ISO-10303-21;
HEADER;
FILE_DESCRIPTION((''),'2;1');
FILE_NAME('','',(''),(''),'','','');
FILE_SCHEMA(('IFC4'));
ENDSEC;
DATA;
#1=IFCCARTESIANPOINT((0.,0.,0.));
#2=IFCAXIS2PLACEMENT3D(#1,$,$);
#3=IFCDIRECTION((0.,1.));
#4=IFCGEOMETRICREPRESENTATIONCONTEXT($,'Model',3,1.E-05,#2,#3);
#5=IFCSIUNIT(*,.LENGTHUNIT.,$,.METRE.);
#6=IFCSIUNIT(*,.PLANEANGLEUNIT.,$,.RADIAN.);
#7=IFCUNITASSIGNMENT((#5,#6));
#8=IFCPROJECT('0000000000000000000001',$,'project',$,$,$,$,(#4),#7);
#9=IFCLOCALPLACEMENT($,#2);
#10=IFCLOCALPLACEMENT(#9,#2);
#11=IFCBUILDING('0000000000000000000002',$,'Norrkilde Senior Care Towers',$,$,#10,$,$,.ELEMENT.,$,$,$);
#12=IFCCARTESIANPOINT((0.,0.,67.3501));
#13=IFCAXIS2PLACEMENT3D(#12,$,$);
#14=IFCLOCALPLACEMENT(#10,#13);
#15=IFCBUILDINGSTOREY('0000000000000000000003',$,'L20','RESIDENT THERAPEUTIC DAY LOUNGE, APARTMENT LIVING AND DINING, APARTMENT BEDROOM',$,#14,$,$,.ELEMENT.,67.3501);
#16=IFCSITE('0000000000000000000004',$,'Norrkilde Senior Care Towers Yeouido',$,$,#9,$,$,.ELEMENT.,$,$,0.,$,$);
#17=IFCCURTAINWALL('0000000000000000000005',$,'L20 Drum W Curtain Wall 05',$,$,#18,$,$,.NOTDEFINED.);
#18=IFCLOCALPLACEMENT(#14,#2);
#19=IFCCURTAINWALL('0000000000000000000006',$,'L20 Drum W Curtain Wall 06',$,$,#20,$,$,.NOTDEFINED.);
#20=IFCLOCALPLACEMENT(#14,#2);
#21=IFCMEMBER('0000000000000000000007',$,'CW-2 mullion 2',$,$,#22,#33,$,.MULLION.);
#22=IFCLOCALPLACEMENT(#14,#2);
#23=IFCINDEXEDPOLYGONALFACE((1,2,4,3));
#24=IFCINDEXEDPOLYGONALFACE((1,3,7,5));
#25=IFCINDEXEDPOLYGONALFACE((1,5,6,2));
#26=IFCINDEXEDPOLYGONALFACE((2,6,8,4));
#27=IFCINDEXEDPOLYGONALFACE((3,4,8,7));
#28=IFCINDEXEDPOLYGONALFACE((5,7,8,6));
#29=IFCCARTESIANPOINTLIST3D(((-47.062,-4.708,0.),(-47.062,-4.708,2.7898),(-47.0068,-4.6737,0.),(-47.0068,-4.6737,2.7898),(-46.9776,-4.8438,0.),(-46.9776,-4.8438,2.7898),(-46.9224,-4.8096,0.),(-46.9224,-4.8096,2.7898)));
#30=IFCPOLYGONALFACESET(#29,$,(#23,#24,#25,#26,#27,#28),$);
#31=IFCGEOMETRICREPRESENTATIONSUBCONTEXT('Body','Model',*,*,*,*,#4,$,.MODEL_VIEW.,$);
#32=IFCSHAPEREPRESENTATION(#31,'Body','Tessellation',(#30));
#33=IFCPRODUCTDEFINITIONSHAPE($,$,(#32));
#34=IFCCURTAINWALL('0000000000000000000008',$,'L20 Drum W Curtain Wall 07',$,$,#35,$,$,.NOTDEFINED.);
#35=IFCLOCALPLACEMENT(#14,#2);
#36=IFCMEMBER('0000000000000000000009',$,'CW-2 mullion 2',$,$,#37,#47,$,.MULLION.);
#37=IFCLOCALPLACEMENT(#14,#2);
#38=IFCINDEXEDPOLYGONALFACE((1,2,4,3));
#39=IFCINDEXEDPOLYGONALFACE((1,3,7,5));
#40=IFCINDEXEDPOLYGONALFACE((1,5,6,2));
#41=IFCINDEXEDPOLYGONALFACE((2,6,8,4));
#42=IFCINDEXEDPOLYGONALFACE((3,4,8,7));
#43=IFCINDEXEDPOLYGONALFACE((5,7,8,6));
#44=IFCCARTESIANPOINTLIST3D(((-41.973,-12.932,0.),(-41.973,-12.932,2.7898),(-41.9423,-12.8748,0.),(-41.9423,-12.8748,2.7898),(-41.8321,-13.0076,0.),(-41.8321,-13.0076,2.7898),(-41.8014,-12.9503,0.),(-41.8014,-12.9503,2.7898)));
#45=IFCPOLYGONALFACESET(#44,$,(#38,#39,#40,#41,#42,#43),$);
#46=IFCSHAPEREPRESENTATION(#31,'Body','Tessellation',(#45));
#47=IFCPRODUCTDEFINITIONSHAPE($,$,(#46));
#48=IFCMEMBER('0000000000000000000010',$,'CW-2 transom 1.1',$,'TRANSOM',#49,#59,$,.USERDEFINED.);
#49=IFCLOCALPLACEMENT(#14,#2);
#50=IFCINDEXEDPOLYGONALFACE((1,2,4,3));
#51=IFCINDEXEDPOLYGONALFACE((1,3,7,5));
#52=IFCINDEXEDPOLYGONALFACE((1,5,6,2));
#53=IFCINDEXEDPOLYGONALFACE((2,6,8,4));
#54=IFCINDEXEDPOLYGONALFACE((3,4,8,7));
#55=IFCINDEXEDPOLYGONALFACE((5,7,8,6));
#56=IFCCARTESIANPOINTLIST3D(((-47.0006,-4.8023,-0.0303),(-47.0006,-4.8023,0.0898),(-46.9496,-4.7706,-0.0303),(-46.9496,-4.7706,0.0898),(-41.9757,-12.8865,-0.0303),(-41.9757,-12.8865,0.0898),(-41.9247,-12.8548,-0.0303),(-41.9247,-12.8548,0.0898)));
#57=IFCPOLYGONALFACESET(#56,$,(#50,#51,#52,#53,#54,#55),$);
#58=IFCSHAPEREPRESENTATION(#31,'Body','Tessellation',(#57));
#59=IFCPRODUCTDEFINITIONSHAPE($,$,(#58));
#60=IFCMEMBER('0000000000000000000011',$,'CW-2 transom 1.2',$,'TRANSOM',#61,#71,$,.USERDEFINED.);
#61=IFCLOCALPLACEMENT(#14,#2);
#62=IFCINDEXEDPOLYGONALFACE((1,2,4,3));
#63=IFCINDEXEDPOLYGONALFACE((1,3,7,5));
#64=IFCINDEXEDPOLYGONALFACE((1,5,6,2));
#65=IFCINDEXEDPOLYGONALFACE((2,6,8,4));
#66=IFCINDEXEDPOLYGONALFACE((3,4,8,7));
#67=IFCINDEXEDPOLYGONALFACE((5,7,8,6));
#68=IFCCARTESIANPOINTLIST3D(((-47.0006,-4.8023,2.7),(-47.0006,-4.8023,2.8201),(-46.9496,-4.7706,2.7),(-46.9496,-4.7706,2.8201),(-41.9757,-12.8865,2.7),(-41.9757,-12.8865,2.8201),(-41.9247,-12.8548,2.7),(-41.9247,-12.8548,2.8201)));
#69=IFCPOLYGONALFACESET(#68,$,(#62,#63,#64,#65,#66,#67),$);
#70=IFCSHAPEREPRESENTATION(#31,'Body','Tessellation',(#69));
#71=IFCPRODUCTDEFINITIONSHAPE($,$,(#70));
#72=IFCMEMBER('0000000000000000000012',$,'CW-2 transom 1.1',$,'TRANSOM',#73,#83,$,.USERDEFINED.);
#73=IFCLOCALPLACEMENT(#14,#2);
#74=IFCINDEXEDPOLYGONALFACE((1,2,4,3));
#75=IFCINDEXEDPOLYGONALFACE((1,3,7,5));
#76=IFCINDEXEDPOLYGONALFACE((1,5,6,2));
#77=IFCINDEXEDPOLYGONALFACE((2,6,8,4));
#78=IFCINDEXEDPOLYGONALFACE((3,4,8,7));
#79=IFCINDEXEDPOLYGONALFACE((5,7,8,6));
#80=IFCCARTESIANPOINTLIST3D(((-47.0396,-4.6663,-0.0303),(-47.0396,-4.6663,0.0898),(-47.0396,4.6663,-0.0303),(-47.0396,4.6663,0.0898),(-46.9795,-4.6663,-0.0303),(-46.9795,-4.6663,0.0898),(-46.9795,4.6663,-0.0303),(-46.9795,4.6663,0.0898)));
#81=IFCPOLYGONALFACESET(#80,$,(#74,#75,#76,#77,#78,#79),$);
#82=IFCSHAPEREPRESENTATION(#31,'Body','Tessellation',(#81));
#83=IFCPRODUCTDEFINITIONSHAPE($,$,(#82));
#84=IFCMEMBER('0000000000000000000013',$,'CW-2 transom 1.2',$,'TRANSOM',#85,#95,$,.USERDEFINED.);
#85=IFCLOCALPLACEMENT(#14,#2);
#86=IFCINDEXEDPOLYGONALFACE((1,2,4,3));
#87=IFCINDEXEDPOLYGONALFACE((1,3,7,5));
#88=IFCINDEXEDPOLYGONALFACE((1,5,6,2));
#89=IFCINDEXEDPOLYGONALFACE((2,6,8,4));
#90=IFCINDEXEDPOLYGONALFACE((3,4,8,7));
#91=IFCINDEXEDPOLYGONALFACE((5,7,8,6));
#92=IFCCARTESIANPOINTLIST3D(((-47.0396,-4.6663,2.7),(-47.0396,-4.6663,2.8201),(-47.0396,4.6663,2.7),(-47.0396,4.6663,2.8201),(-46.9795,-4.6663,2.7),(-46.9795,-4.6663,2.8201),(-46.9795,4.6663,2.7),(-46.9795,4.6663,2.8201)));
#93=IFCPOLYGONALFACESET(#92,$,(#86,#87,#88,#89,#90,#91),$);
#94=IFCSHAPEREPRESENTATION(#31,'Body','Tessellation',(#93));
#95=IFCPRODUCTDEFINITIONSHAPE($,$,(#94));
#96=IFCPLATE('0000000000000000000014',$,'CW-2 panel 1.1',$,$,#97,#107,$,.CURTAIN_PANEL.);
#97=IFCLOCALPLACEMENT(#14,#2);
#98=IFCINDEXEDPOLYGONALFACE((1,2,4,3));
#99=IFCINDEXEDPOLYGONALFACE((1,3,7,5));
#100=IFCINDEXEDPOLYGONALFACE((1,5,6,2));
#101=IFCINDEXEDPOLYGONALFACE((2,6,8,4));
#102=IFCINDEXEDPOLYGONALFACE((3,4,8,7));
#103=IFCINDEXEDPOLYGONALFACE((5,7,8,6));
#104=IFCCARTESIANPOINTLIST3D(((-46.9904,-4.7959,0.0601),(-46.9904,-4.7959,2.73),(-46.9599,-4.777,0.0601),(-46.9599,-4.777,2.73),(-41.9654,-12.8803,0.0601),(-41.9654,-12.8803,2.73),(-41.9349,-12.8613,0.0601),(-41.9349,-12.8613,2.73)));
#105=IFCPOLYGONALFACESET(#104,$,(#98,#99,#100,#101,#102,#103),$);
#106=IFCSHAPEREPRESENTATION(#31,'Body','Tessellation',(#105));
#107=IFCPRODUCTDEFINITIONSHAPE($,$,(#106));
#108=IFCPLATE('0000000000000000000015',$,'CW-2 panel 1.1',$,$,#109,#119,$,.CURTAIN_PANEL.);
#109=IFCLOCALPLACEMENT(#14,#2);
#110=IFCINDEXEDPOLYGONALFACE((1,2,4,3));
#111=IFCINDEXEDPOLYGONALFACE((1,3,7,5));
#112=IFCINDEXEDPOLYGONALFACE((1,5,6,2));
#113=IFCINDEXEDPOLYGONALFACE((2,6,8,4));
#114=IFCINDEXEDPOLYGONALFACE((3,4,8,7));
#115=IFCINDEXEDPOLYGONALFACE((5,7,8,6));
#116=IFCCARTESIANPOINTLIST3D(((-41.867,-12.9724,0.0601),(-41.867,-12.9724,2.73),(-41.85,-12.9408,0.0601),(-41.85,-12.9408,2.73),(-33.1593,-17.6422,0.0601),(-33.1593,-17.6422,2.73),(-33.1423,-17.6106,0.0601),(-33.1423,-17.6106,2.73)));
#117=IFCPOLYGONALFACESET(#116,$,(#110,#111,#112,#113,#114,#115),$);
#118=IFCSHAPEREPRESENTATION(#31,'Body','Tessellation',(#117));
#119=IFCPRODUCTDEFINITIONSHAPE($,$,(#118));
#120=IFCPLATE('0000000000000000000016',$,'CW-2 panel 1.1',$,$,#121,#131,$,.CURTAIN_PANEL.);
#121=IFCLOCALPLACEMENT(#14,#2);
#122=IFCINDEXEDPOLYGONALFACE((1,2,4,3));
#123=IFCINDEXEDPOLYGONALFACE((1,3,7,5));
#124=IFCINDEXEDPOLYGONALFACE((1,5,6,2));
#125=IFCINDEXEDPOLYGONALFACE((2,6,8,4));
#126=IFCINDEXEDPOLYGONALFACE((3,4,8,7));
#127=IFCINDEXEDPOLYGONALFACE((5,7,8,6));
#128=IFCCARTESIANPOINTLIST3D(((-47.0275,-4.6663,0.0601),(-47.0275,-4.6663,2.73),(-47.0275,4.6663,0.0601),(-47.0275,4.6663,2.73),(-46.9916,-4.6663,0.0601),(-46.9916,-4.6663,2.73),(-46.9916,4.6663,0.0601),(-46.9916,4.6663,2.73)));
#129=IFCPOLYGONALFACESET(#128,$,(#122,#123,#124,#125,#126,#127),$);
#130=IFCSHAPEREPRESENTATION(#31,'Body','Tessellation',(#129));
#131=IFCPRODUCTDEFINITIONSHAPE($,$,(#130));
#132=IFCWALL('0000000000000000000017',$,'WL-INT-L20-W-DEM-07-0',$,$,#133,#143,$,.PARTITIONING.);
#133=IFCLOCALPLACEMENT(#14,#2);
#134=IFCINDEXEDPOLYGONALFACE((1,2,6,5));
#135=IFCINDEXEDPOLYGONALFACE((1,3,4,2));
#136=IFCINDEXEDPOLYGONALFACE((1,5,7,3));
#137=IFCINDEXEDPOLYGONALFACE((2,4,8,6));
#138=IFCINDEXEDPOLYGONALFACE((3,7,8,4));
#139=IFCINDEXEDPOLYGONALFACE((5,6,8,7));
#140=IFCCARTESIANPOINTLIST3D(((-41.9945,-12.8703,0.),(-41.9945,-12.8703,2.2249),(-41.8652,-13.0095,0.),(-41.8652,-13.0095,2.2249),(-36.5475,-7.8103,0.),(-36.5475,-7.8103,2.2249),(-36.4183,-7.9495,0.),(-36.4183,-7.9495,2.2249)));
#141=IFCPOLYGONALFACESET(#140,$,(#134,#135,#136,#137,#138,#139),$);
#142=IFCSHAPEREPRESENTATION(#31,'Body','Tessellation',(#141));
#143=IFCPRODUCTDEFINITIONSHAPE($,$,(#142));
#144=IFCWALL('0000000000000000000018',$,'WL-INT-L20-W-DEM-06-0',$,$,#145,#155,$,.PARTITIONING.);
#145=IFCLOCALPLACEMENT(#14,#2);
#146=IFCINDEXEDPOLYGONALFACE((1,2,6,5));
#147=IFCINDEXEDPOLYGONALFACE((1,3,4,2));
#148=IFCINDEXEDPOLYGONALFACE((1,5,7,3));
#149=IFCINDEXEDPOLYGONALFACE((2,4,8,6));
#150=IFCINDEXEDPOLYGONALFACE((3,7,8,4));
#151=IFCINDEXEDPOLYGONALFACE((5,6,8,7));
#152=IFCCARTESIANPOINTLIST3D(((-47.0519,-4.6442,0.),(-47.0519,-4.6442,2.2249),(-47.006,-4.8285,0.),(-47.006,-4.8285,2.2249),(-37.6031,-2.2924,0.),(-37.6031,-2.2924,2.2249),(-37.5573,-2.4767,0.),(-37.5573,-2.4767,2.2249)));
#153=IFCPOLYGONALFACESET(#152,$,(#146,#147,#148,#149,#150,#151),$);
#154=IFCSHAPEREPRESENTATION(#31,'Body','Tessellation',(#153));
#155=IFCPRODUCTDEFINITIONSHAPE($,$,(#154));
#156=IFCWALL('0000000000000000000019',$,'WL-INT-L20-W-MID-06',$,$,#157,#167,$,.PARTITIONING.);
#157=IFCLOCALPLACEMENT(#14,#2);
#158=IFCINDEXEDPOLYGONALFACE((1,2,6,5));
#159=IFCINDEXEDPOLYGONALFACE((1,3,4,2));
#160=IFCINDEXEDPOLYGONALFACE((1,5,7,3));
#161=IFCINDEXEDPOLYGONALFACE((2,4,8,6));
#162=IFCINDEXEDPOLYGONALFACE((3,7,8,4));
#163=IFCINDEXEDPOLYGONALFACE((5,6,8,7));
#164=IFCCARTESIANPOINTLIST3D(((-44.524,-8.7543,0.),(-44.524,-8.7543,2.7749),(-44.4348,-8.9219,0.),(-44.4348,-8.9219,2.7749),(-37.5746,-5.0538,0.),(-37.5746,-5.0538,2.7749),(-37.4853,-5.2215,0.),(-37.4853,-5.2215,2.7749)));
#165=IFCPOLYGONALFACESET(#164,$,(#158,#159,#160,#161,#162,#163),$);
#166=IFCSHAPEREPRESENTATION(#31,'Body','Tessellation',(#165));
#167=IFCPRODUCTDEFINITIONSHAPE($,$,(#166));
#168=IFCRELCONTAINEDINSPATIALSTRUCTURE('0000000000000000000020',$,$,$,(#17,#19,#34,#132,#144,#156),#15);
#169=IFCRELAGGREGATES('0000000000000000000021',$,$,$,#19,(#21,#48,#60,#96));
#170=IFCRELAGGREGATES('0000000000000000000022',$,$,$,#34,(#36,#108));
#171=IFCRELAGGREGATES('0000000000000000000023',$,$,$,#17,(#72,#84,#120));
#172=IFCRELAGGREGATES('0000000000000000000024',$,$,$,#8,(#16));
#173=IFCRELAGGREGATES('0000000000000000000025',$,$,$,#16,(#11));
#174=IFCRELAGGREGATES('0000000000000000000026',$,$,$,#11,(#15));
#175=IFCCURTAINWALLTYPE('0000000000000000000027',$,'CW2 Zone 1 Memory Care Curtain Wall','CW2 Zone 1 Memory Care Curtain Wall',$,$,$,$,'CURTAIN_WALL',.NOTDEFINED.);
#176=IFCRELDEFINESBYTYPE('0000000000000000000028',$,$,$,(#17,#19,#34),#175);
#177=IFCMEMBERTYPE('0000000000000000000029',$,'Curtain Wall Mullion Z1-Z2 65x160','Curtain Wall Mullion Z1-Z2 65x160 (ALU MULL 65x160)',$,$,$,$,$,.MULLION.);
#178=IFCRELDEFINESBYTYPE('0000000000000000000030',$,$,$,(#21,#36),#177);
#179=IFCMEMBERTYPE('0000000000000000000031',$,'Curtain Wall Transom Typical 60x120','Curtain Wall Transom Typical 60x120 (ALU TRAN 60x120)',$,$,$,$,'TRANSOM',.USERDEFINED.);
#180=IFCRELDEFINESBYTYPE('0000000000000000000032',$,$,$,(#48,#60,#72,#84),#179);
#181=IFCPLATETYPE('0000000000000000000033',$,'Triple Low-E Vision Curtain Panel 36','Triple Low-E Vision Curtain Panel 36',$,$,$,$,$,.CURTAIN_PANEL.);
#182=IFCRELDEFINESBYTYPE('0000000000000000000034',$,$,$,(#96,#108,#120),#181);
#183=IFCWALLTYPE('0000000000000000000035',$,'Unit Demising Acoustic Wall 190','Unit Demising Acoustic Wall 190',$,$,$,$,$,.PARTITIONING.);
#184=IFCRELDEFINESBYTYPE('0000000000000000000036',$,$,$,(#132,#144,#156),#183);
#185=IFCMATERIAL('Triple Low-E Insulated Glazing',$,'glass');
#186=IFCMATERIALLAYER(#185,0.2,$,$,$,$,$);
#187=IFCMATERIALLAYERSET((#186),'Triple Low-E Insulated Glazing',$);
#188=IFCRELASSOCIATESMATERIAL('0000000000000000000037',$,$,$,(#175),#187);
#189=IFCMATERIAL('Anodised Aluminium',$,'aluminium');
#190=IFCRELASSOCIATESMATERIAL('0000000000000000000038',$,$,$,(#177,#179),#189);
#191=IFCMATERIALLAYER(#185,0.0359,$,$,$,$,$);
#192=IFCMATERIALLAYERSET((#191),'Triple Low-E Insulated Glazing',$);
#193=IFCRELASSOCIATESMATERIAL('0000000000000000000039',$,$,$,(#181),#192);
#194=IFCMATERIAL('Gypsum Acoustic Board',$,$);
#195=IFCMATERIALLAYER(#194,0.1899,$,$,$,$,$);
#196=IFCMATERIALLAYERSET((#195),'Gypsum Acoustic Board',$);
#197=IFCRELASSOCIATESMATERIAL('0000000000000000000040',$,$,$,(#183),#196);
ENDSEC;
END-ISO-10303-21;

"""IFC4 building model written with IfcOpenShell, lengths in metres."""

from ifc_helpers import new_model, si_unit, direction, frame, frame_2d, origin, origin_2d, place, context, subcontext, project, spatial, rectangle, extrude, source, transform, mapped, material, layer, layer_set, material_profile, profile_set, type_object, type_shapes, element, aggregate, save


model = new_model("IFC4")

# Units and contexts
model_context = context("Model", 3, precision=1e-05, world=origin(), true_north=direction((0.0, 1.0)))
body_context = subcontext(model_context, "Body", "Model", "MODEL_VIEW")
ifc_project = project(units=[si_unit("LENGTHUNIT", "METRE"), si_unit("PLANEANGLEUNIT", "RADIAN")], contexts=[model_context])

# Site, building, storey
site_placement = place(None, origin())
site = spatial("IfcSite", under=ifc_project, at=site_placement, Name="Norrkilde Senior Care Towers Yeouido", CompositionType="ELEMENT", RefElevation=0.0)
building_placement = place(site_placement, origin())
building = spatial("IfcBuilding", under=site, at=building_placement, Name="Norrkilde Senior Care Towers", CompositionType="ELEMENT")
storey_placement = place(building_placement, frame((0.0, 0.0, 67.3501)))
storey = spatial("IfcBuildingStorey", under=building, at=storey_placement, Name="L20", Description="RESIDENT THERAPEUTIC DAY LOUNGE, APARTMENT LIVING AND DINING, APARTMENT BEDROOM", CompositionType="ELEMENT", Elevation=67.3501)

# Curtain wall
ifc_material_1 = material(Name="Triple Low-E Insulated Glazing", Category="glass")
ifc_layer_1 = layer(ifc_material_1, 0.2)
ifc_layer_set_1 = layer_set([ifc_layer_1], Name="Triple Low-E Insulated Glazing")
curtain_wall_type = type_object("IfcCurtainWallType", Name="CW2 Zone 1 Memory Care Curtain Wall", Description="CW2 Zone 1 Memory Care Curtain Wall", ElementType="CURTAIN_WALL", PredefinedType="NOTDEFINED", material=ifc_layer_set_1)
curtain_wall_1_placement = place(storey_placement, origin())
curtain_wall_1 = element("IfcCurtainWall", 1, at=curtain_wall_1_placement, inside=storey, type_object=curtain_wall_type, Name="L20 Drum W Curtain Wall 05", PredefinedType="NOTDEFINED")
ifc_material_2 = material(Name="Anodised Aluminium", Category="aluminium")
ifc_material_profile_1 = material_profile(ifc_material_2, rectangle(XDim=0.0649, YDim=0.1599, at=origin_2d()), Name="ALU MULL 65x160")
ifc_profile_set_1 = profile_set([ifc_material_profile_1], Name="Anodised Aluminium")
member_type_1 = type_object("IfcMemberType", Name="Curtain Wall Mullion Z1-Z2 65x160", Description="Curtain Wall Mullion Z1-Z2 65x160 (ALU MULL 65x160)", PredefinedType="MULLION", material=ifc_profile_set_1)
shared_shape_1 = source(origin(), body_context, "Body", "SweptSolid", [
    extrude(rectangle(XDim=0.0649, YDim=0.1599, at=origin_2d()), origin(), (0.0, 0.0, 1.0), 2.7898),
])
type_shapes(member_type_1, [shared_shape_1])

# Curtain wall, member
curtain_wall_2_placement = place(storey_placement, origin())
curtain_wall_2 = element("IfcCurtainWall", 2, at=curtain_wall_2_placement, inside=storey, type_object=curtain_wall_type, Name="L20 Drum W Curtain Wall 06", PredefinedType="NOTDEFINED")
member_1_placement = place(storey_placement, frame((-46.9922, -4.7588, 0.0), z_axis=(0.0, 0.0, 1.0), x_axis=(-0.849306, -0.527901, 0.0)))
member_1 = element("IfcMember", 3, at=member_1_placement, type_object=member_type_1, Name="CW-2 mullion 2", PredefinedType="MULLION", context=body_context, shape_type="MappedRepresentation", body=[
    mapped(shared_shape_1, transform((0.0, 0.0, 0.0), x_axis=(1.0, 0.0, 0.0), y_axis=(0.0, 1.0, 0.0), z_axis=(0.0, 0.0, 1.0), scale=1.0)),
])

# Curtain wall, member
curtain_wall_3_placement = place(storey_placement, origin())
curtain_wall_3 = element("IfcCurtainWall", 4, at=curtain_wall_3_placement, inside=storey, type_object=curtain_wall_type, Name="L20 Drum W Curtain Wall 07", PredefinedType="NOTDEFINED")
member_2_placement = place(storey_placement, frame((-41.8872, -12.9412, 0.0), z_axis=(0.0, 0.0, 1.0), x_axis=(-0.472608, -0.881273, 0.0)))
member_2 = element("IfcMember", 5, at=member_2_placement, type_object=member_type_1, Name="CW-2 mullion 2", PredefinedType="MULLION", context=body_context, shape_type="MappedRepresentation", body=[
    mapped(shared_shape_1, transform((0.0, 0.0, 0.0), x_axis=(1.0, 0.0, 0.0), y_axis=(0.0, 1.0, 0.0), z_axis=(0.0, 0.0, 1.0), scale=1.0)),
])

# Members
ifc_material_profile_2 = material_profile(ifc_material_2, rectangle(XDim=0.0601, YDim=0.1201, at=origin_2d()), Name="ALU TRAN 60x120")
ifc_profile_set_2 = profile_set([ifc_material_profile_2], Name="Anodised Aluminium")
member_type_2 = type_object("IfcMemberType", Name="Curtain Wall Transom Typical 60x120", Description="Curtain Wall Transom Typical 60x120 (ALU TRAN 60x120)", ElementType="TRANSOM", PredefinedType="USERDEFINED", material=ifc_profile_set_2)
shared_shape_2 = source(origin(), body_context, "Body", "SweptSolid", [
    extrude(rectangle(XDim=0.0601, YDim=0.1201, at=origin_2d()), origin(), (0.0, 0.0, 1.0), 9.5186),
])
member_3_placement = place(storey_placement, frame((-41.9502, -12.8706, 0.0298), z_axis=(-0.527902, 0.849306, 0.0), x_axis=(-0.849306, -0.527902, 0.0)))
member_3 = element("IfcMember", 6, at=member_3_placement, type_object=member_type_2, Name="CW-2 transom 1.1", ObjectType="TRANSOM", PredefinedType="USERDEFINED", context=body_context, shape_type="MappedRepresentation", body=[
    mapped(shared_shape_2, transform((0.0, 0.0, 0.0), x_axis=(1.0, 0.0, 0.0), y_axis=(0.0, 1.0, 0.0), z_axis=(0.0, 0.0, 1.0), scale=1.0)),
])
member_4_placement = place(storey_placement, frame((-41.9502, -12.8706, 2.76), z_axis=(-0.527902, 0.849306, 0.0), x_axis=(-0.849306, -0.527902, 0.0)))
member_4 = element("IfcMember", 7, at=member_4_placement, type_object=member_type_2, Name="CW-2 transom 1.2", ObjectType="TRANSOM", PredefinedType="USERDEFINED", context=body_context, shape_type="MappedRepresentation", body=[
    mapped(shared_shape_2, transform((0.0, 0.0, 0.0), x_axis=(1.0, 0.0, 0.0), y_axis=(0.0, 1.0, 0.0), z_axis=(0.0, 0.0, 1.0), scale=1.0)),
])
shared_shape_3 = source(origin(), body_context, "Body", "SweptSolid", [
    extrude(rectangle(XDim=0.0601, YDim=0.1201, at=origin_2d()), origin(), (0.0, 0.0, 1.0), 9.3325),
])
type_shapes(member_type_2, [shared_shape_2, shared_shape_3])
member_5_placement = place(storey_placement, frame((-47.0095, -4.6663, 0.0298), z_axis=(0.0, 1.0, 0.0), x_axis=(-1.0, 0.0, 0.0)))
member_5 = element("IfcMember", 8, at=member_5_placement, type_object=member_type_2, Name="CW-2 transom 1.1", ObjectType="TRANSOM", PredefinedType="USERDEFINED", context=body_context, shape_type="MappedRepresentation", body=[
    mapped(shared_shape_3, transform((0.0, 0.0, 0.0), x_axis=(1.0, 0.0, 0.0), y_axis=(0.0, 1.0, 0.0), z_axis=(0.0, 0.0, 1.0), scale=1.0)),
])
member_6_placement = place(storey_placement, frame((-47.0095, -4.6663, 2.76), z_axis=(0.0, 1.0, 0.0), x_axis=(-1.0, 0.0, 0.0)))
member_6 = element("IfcMember", 9, at=member_6_placement, type_object=member_type_2, Name="CW-2 transom 1.2", ObjectType="TRANSOM", PredefinedType="USERDEFINED", context=body_context, shape_type="MappedRepresentation", body=[
    mapped(shared_shape_3, transform((0.0, 0.0, 0.0), x_axis=(1.0, 0.0, 0.0), y_axis=(0.0, 1.0, 0.0), z_axis=(0.0, 0.0, 1.0), scale=1.0)),
])

# Plates
ifc_layer_2 = layer(ifc_material_1, 0.0359)
ifc_layer_set_2 = layer_set([ifc_layer_2], Name="Triple Low-E Insulated Glazing")
plate_type = type_object("IfcPlateType", Name="Triple Low-E Vision Curtain Panel 36", Description="Triple Low-E Vision Curtain Panel 36", PredefinedType="CURTAIN_PANEL", material=ifc_layer_set_2)
shared_shape_4 = source(origin(), body_context, "Body", "SweptSolid", [
    extrude(rectangle(XDim=9.5188, YDim=0.0359, at=origin_2d()), origin(), (0.0, 0.0, 1.0), 2.6699),
])
plate_1_placement = place(storey_placement, frame((-44.4626, -8.8286, 0.0601), z_axis=(0.0, 0.0, 1.0), x_axis=(-0.527901, 0.849306, 0.0)))
plate_1 = element("IfcPlate", 10, at=plate_1_placement, type_object=plate_type, Name="CW-2 panel 1.1", PredefinedType="CURTAIN_PANEL", context=body_context, shape_type="MappedRepresentation", body=[
    mapped(shared_shape_4, transform((0.0, 0.0, 0.0), x_axis=(1.0, 0.0, 0.0), y_axis=(0.0, 1.0, 0.0), z_axis=(0.0, 0.0, 1.0), scale=1.0)),
])
aggregate(curtain_wall_2, [member_1, member_3, member_4, plate_1])
shared_shape_5 = source(origin(), body_context, "Body", "SweptSolid", [
    extrude(rectangle(XDim=9.8809, YDim=0.0359, at=origin_2d()), origin(), (0.0, 0.0, 1.0), 2.6699),
])
plate_2_placement = place(storey_placement, frame((-37.5046, -15.2915, 0.0601), z_axis=(0.0, 0.0, 1.0), x_axis=(-0.881273, 0.472608, 0.0)))
plate_2 = element("IfcPlate", 11, at=plate_2_placement, type_object=plate_type, Name="CW-2 panel 1.1", PredefinedType="CURTAIN_PANEL", context=body_context, shape_type="MappedRepresentation", body=[
    mapped(shared_shape_5, transform((0.0, 0.0, 0.0), x_axis=(1.0, 0.0, 0.0), y_axis=(0.0, 1.0, 0.0), z_axis=(0.0, 0.0, 1.0), scale=1.0)),
])
aggregate(curtain_wall_3, [member_2, plate_2])
shared_shape_6 = source(origin(), body_context, "Body", "SweptSolid", [
    extrude(rectangle(XDim=9.3325, YDim=0.0359, at=origin_2d()), origin(), (0.0, 0.0, 1.0), 2.6699),
])
type_shapes(plate_type, [shared_shape_4, shared_shape_5, shared_shape_6])
plate_3_placement = place(storey_placement, frame((-47.0095, 0.0, 0.0601), z_axis=(0.0, 0.0, 1.0), x_axis=(0.0, 1.0, 0.0)))
plate_3 = element("IfcPlate", 12, at=plate_3_placement, type_object=plate_type, Name="CW-2 panel 1.1", PredefinedType="CURTAIN_PANEL", context=body_context, shape_type="MappedRepresentation", body=[
    mapped(shared_shape_6, transform((0.0, 0.0, 0.0), x_axis=(1.0, 0.0, 0.0), y_axis=(0.0, 1.0, 0.0), z_axis=(0.0, 0.0, 1.0), scale=1.0)),
])
aggregate(curtain_wall_1, [member_5, member_6, plate_3])

# Shared definitions
ifc_material_3 = material(Name="Gypsum Acoustic Board")

# Walls
ifc_layer_3 = layer(ifc_material_3, 0.1899)
ifc_layer_set_3 = layer_set([ifc_layer_3], Name="Gypsum Acoustic Board")
wall_type_1 = type_object("IfcWallType", Name="Unit Demising Acoustic Wall 190", Description="Unit Demising Acoustic Wall 190", PredefinedType="PARTITIONING", material=ifc_layer_set_3)
shared_shape_7 = source(origin(), body_context, "Body", "SweptSolid", [
    extrude(rectangle(XDim=7.4346, YDim=0.1899, at=frame_2d((3.7173, 0.0))), origin(), (0.0, 0.0, 1.0), 2.2249),
])
wall_1_placement = place(storey_placement, frame((-36.4829, -7.8799, 0.0), z_axis=(0.0, 0.0, 1.0), x_axis=(-0.732652, -0.680603, 0.0)))
element("IfcWall", 13, at=wall_1_placement, inside=storey, type_object=wall_type_1, Name="WL-INT-L20-W-DEM-07-0", PredefinedType="PARTITIONING", context=body_context, shape_type="MappedRepresentation", body=[
    mapped(shared_shape_7, transform((0.0, 0.0, 0.0), x_axis=(1.0, 0.0, 0.0), y_axis=(0.0, 1.0, 0.0), z_axis=(0.0, 0.0, 1.0), scale=1.0)),
])
shared_shape_8 = source(origin(), body_context, "Body", "SweptSolid", [
    extrude(rectangle(XDim=9.7371, YDim=0.1899, at=frame_2d((4.8687, 0.0))), origin(), (0.0, 0.0, 1.0), 2.2249),
])
wall_2_placement = place(storey_placement, frame((-37.5801, -2.3845, 0.0), z_axis=(0.0, 0.0, 1.0), x_axis=(-0.970393, -0.241533, 0.0)))
element("IfcWall", 14, at=wall_2_placement, inside=storey, type_object=wall_type_1, Name="WL-INT-L20-W-DEM-06-0", PredefinedType="PARTITIONING", context=body_context, shape_type="MappedRepresentation", body=[
    mapped(shared_shape_8, transform((0.0, 0.0, 0.0), x_axis=(1.0, 0.0, 0.0), y_axis=(0.0, 1.0, 0.0), z_axis=(0.0, 0.0, 1.0), scale=1.0)),
])
shared_shape_9 = source(origin(), body_context, "Body", "SweptSolid", [
    extrude(rectangle(XDim=7.8733, YDim=0.1899, at=frame_2d((3.9365, 0.0))), origin(), (0.0, 0.0, 1.0), 2.7749),
])
type_shapes(wall_type_1, [shared_shape_7, shared_shape_8, shared_shape_9])
wall_3_placement = place(storey_placement, frame((-37.53, -5.1377, 0.0), z_axis=(0.0, 0.0, 1.0), x_axis=(-0.882666, -0.470001, 0.0)))
element("IfcWall", 15, at=wall_3_placement, inside=storey, type_object=wall_type_1, Name="WL-INT-L20-W-MID-06", PredefinedType="PARTITIONING", context=body_context, shape_type="MappedRepresentation", body=[
    mapped(shared_shape_9, transform((0.0, 0.0, 0.0), x_axis=(1.0, 0.0, 0.0), y_axis=(0.0, 1.0, 0.0), z_axis=(0.0, 0.0, 1.0), scale=1.0)),
])

save(model, "model.ifc")
